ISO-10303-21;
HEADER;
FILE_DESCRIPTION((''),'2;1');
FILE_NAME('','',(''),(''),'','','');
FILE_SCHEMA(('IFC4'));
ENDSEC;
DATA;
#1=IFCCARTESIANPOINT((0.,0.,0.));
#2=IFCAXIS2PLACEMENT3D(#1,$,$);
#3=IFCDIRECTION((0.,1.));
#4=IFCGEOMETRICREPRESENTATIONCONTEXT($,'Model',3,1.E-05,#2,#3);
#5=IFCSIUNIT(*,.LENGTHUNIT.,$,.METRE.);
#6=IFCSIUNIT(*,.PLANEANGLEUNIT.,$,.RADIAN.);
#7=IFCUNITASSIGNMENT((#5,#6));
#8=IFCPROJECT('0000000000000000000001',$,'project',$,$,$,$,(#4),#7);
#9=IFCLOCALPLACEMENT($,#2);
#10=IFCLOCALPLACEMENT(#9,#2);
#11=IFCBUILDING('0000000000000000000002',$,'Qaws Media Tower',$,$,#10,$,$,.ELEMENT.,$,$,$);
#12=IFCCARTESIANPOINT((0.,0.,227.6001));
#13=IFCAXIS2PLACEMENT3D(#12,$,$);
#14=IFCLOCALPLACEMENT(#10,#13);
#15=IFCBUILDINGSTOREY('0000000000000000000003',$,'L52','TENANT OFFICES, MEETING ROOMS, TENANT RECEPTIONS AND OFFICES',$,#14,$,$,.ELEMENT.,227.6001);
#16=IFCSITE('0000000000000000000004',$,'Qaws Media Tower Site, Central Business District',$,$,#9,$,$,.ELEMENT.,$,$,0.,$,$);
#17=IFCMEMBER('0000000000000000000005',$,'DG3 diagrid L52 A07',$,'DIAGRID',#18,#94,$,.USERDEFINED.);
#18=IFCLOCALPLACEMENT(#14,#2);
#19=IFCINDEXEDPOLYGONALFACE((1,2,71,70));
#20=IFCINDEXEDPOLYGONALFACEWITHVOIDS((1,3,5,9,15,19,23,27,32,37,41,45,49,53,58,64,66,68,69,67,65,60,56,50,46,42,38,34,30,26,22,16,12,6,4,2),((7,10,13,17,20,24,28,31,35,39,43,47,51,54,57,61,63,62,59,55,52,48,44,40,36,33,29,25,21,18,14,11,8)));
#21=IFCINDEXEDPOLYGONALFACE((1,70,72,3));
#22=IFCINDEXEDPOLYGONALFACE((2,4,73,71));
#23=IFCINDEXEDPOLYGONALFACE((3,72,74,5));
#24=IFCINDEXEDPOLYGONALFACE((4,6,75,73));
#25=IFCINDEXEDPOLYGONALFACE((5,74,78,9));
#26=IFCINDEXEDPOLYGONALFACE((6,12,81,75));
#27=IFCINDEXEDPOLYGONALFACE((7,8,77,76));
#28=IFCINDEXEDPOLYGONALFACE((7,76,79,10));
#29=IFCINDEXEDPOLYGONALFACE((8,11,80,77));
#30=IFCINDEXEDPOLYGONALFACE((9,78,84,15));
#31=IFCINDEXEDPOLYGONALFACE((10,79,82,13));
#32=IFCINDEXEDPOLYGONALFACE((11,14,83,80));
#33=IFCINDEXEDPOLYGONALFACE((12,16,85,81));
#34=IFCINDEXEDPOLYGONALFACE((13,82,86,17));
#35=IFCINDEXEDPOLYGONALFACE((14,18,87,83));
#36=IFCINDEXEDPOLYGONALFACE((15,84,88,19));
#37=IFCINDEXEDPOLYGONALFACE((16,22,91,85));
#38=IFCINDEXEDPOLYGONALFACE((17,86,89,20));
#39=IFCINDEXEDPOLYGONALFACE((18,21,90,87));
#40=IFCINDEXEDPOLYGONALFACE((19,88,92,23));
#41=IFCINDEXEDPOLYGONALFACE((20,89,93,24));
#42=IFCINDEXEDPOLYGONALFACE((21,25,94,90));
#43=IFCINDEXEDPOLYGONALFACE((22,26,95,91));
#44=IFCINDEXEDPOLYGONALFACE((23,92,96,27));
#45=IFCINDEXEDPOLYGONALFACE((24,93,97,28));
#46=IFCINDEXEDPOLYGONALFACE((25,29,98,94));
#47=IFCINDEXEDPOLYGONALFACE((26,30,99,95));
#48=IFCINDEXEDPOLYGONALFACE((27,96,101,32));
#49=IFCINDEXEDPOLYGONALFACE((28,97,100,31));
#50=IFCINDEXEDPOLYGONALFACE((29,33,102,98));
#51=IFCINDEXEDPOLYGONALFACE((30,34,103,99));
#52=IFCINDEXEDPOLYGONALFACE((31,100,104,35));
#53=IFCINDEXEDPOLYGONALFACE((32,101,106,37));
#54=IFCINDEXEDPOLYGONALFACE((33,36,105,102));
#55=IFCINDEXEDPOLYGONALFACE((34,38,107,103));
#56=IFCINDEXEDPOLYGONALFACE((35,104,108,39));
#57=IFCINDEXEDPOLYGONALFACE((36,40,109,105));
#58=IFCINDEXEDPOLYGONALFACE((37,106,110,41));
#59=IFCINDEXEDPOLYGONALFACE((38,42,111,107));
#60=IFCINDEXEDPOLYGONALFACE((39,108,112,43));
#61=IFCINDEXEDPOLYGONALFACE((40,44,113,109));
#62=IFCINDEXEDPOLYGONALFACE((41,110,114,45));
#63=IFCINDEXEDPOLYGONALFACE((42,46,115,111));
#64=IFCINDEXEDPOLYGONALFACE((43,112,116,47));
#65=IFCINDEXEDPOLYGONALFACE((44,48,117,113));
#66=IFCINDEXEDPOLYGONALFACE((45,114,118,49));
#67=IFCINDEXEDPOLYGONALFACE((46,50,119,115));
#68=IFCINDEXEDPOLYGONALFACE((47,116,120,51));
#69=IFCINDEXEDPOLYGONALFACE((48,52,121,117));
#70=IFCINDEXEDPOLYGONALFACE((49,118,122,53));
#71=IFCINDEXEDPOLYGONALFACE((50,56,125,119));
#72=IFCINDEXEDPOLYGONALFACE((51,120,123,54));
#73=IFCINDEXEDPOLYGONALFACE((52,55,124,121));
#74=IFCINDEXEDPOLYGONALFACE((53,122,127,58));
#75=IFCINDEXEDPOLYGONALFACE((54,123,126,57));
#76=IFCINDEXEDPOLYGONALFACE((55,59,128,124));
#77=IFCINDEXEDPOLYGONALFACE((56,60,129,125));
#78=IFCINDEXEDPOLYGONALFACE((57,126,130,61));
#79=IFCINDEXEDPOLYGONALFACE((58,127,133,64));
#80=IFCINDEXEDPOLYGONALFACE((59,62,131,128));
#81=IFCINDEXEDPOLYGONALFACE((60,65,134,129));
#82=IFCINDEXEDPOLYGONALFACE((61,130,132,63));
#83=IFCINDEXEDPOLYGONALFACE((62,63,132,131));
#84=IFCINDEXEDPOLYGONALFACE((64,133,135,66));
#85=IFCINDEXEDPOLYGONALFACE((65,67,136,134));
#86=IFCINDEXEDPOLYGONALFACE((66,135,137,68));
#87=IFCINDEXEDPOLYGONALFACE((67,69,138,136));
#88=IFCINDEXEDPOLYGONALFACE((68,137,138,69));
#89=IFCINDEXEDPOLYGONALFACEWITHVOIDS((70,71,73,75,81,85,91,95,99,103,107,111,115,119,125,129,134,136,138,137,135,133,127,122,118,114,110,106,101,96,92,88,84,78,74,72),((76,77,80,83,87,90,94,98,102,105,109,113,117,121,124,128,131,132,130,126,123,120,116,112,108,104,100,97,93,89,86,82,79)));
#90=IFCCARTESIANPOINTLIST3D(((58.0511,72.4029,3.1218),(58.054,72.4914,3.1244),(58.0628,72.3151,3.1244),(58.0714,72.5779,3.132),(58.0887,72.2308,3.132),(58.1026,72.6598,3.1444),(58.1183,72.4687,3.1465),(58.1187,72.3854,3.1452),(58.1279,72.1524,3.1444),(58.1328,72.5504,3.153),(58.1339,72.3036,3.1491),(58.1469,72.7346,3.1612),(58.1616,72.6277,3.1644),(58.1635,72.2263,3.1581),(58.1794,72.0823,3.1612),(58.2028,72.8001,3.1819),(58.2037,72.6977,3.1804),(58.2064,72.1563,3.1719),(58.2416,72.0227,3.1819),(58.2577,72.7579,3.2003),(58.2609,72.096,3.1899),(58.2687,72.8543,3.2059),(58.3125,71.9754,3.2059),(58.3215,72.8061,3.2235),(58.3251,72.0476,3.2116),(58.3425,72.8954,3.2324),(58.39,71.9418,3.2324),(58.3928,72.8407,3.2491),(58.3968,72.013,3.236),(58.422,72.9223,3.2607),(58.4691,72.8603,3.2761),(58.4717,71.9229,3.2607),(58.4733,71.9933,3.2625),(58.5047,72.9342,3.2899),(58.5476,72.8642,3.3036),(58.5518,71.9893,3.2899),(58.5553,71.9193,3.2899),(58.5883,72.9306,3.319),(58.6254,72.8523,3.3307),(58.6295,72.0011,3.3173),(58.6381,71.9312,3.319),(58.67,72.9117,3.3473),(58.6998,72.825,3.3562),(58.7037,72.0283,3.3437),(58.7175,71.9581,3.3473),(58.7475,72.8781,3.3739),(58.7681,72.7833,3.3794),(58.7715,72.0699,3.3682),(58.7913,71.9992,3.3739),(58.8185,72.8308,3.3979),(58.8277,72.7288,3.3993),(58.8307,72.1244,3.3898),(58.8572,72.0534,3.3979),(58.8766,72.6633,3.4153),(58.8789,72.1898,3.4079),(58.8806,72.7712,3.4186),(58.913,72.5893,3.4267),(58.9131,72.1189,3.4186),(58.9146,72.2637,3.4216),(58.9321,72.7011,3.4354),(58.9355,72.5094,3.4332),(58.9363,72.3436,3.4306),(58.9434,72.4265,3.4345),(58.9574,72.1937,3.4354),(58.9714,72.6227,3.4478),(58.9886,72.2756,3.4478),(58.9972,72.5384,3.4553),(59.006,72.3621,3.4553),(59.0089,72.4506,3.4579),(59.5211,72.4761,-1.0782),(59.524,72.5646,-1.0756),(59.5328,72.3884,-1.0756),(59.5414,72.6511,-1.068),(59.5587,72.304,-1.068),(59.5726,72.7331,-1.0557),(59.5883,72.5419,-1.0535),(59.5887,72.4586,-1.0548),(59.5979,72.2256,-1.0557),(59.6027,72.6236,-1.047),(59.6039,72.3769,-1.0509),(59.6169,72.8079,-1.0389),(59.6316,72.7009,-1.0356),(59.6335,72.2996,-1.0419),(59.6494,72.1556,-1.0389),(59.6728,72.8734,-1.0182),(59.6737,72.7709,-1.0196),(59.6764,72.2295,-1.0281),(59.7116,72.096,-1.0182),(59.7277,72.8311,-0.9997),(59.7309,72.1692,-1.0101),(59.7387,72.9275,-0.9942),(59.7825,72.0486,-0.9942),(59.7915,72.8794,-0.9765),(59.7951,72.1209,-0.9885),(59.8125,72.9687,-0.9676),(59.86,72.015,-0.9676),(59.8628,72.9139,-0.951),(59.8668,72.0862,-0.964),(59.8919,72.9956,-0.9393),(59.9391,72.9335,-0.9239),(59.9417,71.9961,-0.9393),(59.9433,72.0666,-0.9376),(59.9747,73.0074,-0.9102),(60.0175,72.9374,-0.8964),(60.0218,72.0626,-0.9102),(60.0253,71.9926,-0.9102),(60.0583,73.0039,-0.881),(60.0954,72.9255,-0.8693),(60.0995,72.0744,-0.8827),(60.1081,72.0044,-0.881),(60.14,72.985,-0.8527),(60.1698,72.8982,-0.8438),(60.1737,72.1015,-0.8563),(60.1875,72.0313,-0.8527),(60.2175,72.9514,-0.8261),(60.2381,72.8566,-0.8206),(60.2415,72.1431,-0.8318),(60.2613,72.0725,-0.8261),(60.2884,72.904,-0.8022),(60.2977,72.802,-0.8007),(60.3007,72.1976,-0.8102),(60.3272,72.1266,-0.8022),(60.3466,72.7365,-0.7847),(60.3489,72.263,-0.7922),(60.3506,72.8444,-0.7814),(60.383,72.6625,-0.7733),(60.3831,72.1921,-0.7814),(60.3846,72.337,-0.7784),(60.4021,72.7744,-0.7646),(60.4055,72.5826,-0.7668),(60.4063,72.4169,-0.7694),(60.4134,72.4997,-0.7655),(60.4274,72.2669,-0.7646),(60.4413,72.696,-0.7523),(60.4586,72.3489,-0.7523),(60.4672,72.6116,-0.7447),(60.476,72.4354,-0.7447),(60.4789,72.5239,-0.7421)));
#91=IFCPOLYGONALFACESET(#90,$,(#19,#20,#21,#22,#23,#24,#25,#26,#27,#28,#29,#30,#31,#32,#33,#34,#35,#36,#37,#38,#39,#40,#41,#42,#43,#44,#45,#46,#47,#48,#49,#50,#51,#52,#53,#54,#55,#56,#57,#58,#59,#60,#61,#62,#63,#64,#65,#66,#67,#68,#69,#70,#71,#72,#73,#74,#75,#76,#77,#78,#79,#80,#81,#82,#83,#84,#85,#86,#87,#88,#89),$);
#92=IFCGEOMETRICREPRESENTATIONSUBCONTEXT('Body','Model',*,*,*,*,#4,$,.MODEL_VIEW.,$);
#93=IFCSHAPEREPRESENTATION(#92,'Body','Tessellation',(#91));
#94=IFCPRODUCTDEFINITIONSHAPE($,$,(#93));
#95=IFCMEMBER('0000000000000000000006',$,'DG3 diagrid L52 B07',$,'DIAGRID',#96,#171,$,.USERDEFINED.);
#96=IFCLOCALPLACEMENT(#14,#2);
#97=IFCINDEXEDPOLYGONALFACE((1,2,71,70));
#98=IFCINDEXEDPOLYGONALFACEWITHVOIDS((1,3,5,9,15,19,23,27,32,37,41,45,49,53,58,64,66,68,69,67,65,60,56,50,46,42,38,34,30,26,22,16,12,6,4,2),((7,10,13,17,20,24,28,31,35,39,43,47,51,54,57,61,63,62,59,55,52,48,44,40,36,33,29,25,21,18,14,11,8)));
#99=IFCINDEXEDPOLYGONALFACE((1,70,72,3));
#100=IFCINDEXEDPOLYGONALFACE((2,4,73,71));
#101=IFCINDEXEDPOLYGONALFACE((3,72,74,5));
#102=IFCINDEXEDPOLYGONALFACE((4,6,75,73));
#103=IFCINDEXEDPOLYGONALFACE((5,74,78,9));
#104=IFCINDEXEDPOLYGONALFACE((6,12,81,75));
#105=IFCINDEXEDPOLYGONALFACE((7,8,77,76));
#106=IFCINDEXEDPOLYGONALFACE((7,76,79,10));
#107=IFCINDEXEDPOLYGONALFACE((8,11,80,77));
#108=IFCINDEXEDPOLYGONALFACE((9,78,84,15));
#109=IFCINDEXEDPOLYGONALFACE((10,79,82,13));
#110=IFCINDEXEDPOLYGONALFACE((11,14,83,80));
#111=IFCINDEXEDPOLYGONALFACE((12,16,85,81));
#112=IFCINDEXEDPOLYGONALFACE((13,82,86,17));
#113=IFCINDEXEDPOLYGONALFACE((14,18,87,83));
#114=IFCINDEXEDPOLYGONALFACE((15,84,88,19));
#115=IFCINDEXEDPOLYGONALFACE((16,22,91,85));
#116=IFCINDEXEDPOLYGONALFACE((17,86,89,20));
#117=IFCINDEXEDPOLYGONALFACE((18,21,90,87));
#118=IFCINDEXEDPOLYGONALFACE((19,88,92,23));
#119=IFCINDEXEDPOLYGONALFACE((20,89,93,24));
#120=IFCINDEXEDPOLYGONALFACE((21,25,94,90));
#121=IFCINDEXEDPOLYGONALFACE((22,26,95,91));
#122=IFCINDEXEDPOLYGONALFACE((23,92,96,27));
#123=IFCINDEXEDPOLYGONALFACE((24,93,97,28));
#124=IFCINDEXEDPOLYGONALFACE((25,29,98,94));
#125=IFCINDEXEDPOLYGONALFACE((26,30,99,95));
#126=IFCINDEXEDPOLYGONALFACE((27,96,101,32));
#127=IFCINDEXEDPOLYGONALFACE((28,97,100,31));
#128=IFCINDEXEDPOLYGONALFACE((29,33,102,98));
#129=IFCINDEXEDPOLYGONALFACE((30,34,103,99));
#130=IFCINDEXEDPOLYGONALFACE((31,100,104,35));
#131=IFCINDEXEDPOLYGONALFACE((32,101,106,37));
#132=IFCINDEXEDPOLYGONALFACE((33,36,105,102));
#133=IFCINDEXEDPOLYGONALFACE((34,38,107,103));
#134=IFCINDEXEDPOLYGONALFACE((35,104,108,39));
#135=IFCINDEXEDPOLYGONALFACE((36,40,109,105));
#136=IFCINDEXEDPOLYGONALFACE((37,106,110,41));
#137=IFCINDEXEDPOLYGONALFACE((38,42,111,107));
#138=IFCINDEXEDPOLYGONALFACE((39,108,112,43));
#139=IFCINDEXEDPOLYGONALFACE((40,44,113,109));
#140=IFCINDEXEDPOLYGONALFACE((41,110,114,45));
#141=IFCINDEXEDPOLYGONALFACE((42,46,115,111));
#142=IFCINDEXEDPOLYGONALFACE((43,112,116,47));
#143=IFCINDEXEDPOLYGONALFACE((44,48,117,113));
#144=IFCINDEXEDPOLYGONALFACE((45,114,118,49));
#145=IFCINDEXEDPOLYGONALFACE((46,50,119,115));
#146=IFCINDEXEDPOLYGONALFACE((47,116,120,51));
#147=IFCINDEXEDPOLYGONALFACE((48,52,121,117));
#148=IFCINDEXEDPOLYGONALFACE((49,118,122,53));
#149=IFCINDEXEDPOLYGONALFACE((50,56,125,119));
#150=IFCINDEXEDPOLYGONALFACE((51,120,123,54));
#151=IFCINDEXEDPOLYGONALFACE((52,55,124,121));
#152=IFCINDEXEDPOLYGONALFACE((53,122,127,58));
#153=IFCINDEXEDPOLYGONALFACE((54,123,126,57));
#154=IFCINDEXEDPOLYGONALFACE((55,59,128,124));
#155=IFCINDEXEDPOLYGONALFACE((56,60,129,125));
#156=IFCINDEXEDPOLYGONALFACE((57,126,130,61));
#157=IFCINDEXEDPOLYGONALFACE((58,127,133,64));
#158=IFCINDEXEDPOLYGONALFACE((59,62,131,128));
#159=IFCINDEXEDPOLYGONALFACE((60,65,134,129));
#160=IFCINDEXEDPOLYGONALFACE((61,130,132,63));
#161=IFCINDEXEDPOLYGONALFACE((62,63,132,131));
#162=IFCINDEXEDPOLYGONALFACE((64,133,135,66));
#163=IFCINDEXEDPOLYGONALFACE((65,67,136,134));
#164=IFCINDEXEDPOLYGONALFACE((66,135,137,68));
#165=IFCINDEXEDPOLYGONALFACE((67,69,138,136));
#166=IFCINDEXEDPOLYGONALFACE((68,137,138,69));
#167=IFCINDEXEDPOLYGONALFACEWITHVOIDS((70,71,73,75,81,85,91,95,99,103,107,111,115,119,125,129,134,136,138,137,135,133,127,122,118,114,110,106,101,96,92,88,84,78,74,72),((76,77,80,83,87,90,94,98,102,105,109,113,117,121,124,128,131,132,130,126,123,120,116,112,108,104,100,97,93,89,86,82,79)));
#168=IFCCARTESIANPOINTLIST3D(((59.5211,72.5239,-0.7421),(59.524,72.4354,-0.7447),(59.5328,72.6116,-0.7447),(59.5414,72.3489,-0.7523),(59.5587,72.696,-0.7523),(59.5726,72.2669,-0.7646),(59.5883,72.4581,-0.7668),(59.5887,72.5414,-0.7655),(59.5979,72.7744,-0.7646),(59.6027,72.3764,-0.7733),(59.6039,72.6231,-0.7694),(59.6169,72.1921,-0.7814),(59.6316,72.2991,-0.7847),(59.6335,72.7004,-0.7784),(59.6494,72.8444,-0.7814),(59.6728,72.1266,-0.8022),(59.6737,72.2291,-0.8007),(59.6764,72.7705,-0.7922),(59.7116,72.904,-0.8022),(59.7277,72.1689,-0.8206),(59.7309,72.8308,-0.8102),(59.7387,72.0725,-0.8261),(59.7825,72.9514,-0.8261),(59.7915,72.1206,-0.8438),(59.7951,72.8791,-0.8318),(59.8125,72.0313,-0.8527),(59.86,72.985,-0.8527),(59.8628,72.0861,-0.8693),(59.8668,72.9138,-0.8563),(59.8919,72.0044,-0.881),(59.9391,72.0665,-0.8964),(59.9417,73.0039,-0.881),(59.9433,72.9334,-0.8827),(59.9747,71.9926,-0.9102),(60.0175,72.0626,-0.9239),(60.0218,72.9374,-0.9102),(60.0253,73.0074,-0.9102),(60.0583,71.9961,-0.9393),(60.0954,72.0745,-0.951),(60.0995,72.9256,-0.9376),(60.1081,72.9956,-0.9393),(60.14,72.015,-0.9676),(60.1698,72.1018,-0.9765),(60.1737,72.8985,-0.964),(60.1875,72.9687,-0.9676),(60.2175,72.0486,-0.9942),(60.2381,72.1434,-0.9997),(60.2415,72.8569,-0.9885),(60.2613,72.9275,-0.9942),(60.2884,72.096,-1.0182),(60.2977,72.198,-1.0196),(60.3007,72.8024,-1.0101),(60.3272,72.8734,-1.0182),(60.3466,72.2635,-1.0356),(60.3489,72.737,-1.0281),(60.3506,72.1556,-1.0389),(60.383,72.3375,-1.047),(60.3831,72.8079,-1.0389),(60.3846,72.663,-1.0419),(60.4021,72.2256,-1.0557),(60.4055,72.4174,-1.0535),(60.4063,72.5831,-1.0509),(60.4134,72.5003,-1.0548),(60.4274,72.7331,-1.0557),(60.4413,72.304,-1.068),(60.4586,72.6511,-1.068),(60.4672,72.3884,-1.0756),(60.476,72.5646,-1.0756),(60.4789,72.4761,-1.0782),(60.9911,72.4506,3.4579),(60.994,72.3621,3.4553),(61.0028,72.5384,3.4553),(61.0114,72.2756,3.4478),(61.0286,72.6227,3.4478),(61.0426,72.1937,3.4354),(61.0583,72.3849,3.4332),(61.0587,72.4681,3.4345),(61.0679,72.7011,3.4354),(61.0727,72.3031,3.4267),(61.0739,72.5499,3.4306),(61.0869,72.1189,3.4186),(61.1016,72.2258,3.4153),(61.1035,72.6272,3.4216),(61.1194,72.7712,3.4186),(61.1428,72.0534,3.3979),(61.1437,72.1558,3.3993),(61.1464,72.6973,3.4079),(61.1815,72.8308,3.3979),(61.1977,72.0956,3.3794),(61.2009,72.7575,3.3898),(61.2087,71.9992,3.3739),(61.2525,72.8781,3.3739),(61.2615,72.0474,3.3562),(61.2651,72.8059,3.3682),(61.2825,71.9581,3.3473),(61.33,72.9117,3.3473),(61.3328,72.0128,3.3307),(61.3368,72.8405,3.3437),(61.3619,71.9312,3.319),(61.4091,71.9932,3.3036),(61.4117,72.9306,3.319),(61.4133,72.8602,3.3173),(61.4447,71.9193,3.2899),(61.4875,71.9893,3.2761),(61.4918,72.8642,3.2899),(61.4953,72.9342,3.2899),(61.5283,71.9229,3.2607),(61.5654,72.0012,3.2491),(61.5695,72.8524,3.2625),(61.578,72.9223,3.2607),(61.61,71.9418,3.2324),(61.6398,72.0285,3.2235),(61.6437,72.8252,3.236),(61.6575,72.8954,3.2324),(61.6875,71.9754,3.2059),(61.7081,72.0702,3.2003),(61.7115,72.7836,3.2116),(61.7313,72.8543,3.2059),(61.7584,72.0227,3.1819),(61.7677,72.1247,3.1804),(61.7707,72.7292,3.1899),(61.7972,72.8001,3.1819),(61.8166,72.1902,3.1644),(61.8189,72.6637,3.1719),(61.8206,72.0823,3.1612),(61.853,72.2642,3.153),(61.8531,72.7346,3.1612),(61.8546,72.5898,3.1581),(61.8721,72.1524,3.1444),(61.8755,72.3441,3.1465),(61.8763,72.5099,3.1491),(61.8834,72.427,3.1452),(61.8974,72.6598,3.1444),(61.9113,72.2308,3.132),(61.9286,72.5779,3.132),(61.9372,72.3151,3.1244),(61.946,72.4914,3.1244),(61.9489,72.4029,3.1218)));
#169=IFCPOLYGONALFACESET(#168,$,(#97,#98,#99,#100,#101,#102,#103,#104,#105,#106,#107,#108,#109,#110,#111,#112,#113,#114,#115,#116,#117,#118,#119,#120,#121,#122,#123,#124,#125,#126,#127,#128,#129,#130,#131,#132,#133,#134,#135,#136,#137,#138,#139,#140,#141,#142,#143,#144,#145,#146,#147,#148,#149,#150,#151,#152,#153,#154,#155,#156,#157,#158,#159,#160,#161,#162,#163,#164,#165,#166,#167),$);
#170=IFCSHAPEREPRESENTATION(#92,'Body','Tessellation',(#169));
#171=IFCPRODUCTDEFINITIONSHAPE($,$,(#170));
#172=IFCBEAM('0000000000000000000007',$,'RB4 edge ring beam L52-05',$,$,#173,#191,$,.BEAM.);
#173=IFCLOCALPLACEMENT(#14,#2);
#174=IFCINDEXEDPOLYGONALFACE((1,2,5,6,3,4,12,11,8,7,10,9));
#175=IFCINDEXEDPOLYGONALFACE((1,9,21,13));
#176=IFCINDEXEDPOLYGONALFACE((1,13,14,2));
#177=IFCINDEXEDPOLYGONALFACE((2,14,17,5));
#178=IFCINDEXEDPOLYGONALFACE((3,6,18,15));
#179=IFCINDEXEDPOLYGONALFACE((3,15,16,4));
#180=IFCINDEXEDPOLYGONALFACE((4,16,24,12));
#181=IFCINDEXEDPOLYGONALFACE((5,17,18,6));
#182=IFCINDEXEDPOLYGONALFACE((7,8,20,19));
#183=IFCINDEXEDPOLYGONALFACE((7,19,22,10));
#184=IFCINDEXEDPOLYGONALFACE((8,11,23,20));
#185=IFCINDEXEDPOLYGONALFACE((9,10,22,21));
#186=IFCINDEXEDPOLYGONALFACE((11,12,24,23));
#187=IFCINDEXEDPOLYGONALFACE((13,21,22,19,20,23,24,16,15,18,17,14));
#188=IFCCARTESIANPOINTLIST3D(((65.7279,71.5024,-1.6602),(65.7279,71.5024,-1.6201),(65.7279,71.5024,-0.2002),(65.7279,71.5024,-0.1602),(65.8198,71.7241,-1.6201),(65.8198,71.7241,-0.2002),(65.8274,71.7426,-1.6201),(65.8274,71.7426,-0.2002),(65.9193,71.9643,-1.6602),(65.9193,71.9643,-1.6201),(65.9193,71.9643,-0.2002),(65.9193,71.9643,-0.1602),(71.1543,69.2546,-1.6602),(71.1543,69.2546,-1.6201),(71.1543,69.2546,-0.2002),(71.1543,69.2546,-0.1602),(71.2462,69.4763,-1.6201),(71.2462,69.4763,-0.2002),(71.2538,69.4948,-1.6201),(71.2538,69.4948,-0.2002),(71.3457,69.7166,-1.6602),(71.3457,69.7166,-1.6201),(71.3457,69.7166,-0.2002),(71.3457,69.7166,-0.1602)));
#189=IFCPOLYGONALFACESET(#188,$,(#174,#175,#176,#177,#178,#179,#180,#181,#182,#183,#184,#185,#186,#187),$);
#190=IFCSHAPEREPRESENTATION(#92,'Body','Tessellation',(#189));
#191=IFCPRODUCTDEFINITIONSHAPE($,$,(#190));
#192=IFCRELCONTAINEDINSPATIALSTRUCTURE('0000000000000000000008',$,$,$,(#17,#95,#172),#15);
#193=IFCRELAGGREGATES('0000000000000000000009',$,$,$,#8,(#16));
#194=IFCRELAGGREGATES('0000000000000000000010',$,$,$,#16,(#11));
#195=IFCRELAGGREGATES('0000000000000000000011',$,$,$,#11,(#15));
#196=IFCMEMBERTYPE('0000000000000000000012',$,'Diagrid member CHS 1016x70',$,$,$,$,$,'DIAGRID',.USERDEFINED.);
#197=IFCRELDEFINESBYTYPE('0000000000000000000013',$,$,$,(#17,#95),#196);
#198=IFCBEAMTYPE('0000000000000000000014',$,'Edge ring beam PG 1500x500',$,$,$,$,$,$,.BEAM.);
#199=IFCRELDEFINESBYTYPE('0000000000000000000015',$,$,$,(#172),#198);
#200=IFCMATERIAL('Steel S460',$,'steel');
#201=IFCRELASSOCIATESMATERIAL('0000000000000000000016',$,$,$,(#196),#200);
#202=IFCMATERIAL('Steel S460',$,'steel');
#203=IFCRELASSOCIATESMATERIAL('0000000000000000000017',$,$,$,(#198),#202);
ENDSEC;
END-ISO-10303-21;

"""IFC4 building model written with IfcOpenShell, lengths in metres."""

from ifc_helpers import new_model, si_unit, direction, frame, origin, origin_2d, place, context, subcontext, project, spatial, hollow_circle, i_section, extrude, material, material_profile, profile_set, type_object, element, save


model = new_model("IFC4")

# Units and contexts
model_context = context("Model", 3, precision=1e-05, world=origin(), true_north=direction((0.0, 1.0)))
body_context = subcontext(model_context, "Body", "Model", "MODEL_VIEW")
ifc_project = project(units=[si_unit("LENGTHUNIT", "METRE"), si_unit("PLANEANGLEUNIT", "RADIAN")], contexts=[model_context])

# Site, building, storey
site_placement = place(None, origin())
site = spatial("IfcSite", under=ifc_project, at=site_placement, Name="Qaws Media Tower Site, Central Business District", CompositionType="ELEMENT", RefElevation=0.0)
building_placement = place(site_placement, origin())
building = spatial("IfcBuilding", under=site, at=building_placement, Name="Qaws Media Tower", CompositionType="ELEMENT")
storey_placement = place(building_placement, frame((0.0, 0.0, 227.6001)))
storey = spatial("IfcBuildingStorey", under=building, at=storey_placement, Name="L52", Description="TENANT OFFICES, MEETING ROOMS, TENANT RECEPTIONS AND OFFICES", CompositionType="ELEMENT", Elevation=227.6001)

# Members
ifc_material_1 = material(Name="Steel S460", Category="steel")
ifc_material_profile_1 = material_profile(ifc_material_1, hollow_circle(Radius=0.5081, WallThickness=0.0701, at=origin_2d()), Name="CHS 1016x70")
ifc_profile_set_1 = profile_set([ifc_material_profile_1], Name="Steel S460")
member_type_1 = type_object("IfcMemberType", Name="Diagrid member CHS 1016x70", ElementType="DIAGRID", PredefinedType="USERDEFINED", material=ifc_profile_set_1)
for number, where, z_axis, x_axis, name in (
    (1, (60.0, 72.5, -0.9102), (-0.330303, -0.016458, 0.943731), (0.049764, -0.998761, 0.0), "DG3 diagrid L52 A07"),
    (2, (60.0, 72.5, -0.9102), (0.330303, -0.016458, 0.943731), (0.049764, 0.998761, 0.0), "DG3 diagrid L52 B07"),
):
    element("IfcMember", number, at=place(storey_placement, frame(where, z_axis=z_axis, x_axis=x_axis)), inside=storey, type_object=member_type_1, Name=name, ObjectType="DIAGRID", PredefinedType="USERDEFINED", context=body_context, shape_type="SweptSolid", body=[
        extrude(hollow_circle(Radius=0.5081, WallThickness=0.0701, at=origin_2d()), origin(), (0.0, 0.0, 1.0), 4.4504),
    ])

# Beam
ifc_material_2 = material(Name="Steel S460", Category="steel")
ifc_material_profile_2 = material_profile(ifc_material_2, i_section(OverallWidth=0.5, OverallDepth=1.5, WebThickness=0.02, FlangeThickness=0.04, at=origin_2d()), Name="PG 1500x500")
ifc_profile_set_2 = profile_set([ifc_material_profile_2], Name="Steel S460")
beam_type = type_object("IfcBeamType", Name="Edge ring beam PG 1500x500", PredefinedType="BEAM", material=ifc_profile_set_2)
beam_placement = place(storey_placement, frame((71.25, 69.4856, -0.9102), z_axis=(-0.923875, 0.382693, 0.0), x_axis=(-0.382693, -0.923875, 0.0)))
element("IfcBeam", 3, at=beam_placement, inside=storey, type_object=beam_type, Name="RB4 edge ring beam L52-05", PredefinedType="BEAM", context=body_context, shape_type="SweptSolid", body=[
    extrude(i_section(OverallWidth=0.5, OverallDepth=1.5, WebThickness=0.02, FlangeThickness=0.04, at=origin_2d()), origin(), (0.0, 0.0, 1.0), 5.8735),
])

save(model, "model.ifc")
